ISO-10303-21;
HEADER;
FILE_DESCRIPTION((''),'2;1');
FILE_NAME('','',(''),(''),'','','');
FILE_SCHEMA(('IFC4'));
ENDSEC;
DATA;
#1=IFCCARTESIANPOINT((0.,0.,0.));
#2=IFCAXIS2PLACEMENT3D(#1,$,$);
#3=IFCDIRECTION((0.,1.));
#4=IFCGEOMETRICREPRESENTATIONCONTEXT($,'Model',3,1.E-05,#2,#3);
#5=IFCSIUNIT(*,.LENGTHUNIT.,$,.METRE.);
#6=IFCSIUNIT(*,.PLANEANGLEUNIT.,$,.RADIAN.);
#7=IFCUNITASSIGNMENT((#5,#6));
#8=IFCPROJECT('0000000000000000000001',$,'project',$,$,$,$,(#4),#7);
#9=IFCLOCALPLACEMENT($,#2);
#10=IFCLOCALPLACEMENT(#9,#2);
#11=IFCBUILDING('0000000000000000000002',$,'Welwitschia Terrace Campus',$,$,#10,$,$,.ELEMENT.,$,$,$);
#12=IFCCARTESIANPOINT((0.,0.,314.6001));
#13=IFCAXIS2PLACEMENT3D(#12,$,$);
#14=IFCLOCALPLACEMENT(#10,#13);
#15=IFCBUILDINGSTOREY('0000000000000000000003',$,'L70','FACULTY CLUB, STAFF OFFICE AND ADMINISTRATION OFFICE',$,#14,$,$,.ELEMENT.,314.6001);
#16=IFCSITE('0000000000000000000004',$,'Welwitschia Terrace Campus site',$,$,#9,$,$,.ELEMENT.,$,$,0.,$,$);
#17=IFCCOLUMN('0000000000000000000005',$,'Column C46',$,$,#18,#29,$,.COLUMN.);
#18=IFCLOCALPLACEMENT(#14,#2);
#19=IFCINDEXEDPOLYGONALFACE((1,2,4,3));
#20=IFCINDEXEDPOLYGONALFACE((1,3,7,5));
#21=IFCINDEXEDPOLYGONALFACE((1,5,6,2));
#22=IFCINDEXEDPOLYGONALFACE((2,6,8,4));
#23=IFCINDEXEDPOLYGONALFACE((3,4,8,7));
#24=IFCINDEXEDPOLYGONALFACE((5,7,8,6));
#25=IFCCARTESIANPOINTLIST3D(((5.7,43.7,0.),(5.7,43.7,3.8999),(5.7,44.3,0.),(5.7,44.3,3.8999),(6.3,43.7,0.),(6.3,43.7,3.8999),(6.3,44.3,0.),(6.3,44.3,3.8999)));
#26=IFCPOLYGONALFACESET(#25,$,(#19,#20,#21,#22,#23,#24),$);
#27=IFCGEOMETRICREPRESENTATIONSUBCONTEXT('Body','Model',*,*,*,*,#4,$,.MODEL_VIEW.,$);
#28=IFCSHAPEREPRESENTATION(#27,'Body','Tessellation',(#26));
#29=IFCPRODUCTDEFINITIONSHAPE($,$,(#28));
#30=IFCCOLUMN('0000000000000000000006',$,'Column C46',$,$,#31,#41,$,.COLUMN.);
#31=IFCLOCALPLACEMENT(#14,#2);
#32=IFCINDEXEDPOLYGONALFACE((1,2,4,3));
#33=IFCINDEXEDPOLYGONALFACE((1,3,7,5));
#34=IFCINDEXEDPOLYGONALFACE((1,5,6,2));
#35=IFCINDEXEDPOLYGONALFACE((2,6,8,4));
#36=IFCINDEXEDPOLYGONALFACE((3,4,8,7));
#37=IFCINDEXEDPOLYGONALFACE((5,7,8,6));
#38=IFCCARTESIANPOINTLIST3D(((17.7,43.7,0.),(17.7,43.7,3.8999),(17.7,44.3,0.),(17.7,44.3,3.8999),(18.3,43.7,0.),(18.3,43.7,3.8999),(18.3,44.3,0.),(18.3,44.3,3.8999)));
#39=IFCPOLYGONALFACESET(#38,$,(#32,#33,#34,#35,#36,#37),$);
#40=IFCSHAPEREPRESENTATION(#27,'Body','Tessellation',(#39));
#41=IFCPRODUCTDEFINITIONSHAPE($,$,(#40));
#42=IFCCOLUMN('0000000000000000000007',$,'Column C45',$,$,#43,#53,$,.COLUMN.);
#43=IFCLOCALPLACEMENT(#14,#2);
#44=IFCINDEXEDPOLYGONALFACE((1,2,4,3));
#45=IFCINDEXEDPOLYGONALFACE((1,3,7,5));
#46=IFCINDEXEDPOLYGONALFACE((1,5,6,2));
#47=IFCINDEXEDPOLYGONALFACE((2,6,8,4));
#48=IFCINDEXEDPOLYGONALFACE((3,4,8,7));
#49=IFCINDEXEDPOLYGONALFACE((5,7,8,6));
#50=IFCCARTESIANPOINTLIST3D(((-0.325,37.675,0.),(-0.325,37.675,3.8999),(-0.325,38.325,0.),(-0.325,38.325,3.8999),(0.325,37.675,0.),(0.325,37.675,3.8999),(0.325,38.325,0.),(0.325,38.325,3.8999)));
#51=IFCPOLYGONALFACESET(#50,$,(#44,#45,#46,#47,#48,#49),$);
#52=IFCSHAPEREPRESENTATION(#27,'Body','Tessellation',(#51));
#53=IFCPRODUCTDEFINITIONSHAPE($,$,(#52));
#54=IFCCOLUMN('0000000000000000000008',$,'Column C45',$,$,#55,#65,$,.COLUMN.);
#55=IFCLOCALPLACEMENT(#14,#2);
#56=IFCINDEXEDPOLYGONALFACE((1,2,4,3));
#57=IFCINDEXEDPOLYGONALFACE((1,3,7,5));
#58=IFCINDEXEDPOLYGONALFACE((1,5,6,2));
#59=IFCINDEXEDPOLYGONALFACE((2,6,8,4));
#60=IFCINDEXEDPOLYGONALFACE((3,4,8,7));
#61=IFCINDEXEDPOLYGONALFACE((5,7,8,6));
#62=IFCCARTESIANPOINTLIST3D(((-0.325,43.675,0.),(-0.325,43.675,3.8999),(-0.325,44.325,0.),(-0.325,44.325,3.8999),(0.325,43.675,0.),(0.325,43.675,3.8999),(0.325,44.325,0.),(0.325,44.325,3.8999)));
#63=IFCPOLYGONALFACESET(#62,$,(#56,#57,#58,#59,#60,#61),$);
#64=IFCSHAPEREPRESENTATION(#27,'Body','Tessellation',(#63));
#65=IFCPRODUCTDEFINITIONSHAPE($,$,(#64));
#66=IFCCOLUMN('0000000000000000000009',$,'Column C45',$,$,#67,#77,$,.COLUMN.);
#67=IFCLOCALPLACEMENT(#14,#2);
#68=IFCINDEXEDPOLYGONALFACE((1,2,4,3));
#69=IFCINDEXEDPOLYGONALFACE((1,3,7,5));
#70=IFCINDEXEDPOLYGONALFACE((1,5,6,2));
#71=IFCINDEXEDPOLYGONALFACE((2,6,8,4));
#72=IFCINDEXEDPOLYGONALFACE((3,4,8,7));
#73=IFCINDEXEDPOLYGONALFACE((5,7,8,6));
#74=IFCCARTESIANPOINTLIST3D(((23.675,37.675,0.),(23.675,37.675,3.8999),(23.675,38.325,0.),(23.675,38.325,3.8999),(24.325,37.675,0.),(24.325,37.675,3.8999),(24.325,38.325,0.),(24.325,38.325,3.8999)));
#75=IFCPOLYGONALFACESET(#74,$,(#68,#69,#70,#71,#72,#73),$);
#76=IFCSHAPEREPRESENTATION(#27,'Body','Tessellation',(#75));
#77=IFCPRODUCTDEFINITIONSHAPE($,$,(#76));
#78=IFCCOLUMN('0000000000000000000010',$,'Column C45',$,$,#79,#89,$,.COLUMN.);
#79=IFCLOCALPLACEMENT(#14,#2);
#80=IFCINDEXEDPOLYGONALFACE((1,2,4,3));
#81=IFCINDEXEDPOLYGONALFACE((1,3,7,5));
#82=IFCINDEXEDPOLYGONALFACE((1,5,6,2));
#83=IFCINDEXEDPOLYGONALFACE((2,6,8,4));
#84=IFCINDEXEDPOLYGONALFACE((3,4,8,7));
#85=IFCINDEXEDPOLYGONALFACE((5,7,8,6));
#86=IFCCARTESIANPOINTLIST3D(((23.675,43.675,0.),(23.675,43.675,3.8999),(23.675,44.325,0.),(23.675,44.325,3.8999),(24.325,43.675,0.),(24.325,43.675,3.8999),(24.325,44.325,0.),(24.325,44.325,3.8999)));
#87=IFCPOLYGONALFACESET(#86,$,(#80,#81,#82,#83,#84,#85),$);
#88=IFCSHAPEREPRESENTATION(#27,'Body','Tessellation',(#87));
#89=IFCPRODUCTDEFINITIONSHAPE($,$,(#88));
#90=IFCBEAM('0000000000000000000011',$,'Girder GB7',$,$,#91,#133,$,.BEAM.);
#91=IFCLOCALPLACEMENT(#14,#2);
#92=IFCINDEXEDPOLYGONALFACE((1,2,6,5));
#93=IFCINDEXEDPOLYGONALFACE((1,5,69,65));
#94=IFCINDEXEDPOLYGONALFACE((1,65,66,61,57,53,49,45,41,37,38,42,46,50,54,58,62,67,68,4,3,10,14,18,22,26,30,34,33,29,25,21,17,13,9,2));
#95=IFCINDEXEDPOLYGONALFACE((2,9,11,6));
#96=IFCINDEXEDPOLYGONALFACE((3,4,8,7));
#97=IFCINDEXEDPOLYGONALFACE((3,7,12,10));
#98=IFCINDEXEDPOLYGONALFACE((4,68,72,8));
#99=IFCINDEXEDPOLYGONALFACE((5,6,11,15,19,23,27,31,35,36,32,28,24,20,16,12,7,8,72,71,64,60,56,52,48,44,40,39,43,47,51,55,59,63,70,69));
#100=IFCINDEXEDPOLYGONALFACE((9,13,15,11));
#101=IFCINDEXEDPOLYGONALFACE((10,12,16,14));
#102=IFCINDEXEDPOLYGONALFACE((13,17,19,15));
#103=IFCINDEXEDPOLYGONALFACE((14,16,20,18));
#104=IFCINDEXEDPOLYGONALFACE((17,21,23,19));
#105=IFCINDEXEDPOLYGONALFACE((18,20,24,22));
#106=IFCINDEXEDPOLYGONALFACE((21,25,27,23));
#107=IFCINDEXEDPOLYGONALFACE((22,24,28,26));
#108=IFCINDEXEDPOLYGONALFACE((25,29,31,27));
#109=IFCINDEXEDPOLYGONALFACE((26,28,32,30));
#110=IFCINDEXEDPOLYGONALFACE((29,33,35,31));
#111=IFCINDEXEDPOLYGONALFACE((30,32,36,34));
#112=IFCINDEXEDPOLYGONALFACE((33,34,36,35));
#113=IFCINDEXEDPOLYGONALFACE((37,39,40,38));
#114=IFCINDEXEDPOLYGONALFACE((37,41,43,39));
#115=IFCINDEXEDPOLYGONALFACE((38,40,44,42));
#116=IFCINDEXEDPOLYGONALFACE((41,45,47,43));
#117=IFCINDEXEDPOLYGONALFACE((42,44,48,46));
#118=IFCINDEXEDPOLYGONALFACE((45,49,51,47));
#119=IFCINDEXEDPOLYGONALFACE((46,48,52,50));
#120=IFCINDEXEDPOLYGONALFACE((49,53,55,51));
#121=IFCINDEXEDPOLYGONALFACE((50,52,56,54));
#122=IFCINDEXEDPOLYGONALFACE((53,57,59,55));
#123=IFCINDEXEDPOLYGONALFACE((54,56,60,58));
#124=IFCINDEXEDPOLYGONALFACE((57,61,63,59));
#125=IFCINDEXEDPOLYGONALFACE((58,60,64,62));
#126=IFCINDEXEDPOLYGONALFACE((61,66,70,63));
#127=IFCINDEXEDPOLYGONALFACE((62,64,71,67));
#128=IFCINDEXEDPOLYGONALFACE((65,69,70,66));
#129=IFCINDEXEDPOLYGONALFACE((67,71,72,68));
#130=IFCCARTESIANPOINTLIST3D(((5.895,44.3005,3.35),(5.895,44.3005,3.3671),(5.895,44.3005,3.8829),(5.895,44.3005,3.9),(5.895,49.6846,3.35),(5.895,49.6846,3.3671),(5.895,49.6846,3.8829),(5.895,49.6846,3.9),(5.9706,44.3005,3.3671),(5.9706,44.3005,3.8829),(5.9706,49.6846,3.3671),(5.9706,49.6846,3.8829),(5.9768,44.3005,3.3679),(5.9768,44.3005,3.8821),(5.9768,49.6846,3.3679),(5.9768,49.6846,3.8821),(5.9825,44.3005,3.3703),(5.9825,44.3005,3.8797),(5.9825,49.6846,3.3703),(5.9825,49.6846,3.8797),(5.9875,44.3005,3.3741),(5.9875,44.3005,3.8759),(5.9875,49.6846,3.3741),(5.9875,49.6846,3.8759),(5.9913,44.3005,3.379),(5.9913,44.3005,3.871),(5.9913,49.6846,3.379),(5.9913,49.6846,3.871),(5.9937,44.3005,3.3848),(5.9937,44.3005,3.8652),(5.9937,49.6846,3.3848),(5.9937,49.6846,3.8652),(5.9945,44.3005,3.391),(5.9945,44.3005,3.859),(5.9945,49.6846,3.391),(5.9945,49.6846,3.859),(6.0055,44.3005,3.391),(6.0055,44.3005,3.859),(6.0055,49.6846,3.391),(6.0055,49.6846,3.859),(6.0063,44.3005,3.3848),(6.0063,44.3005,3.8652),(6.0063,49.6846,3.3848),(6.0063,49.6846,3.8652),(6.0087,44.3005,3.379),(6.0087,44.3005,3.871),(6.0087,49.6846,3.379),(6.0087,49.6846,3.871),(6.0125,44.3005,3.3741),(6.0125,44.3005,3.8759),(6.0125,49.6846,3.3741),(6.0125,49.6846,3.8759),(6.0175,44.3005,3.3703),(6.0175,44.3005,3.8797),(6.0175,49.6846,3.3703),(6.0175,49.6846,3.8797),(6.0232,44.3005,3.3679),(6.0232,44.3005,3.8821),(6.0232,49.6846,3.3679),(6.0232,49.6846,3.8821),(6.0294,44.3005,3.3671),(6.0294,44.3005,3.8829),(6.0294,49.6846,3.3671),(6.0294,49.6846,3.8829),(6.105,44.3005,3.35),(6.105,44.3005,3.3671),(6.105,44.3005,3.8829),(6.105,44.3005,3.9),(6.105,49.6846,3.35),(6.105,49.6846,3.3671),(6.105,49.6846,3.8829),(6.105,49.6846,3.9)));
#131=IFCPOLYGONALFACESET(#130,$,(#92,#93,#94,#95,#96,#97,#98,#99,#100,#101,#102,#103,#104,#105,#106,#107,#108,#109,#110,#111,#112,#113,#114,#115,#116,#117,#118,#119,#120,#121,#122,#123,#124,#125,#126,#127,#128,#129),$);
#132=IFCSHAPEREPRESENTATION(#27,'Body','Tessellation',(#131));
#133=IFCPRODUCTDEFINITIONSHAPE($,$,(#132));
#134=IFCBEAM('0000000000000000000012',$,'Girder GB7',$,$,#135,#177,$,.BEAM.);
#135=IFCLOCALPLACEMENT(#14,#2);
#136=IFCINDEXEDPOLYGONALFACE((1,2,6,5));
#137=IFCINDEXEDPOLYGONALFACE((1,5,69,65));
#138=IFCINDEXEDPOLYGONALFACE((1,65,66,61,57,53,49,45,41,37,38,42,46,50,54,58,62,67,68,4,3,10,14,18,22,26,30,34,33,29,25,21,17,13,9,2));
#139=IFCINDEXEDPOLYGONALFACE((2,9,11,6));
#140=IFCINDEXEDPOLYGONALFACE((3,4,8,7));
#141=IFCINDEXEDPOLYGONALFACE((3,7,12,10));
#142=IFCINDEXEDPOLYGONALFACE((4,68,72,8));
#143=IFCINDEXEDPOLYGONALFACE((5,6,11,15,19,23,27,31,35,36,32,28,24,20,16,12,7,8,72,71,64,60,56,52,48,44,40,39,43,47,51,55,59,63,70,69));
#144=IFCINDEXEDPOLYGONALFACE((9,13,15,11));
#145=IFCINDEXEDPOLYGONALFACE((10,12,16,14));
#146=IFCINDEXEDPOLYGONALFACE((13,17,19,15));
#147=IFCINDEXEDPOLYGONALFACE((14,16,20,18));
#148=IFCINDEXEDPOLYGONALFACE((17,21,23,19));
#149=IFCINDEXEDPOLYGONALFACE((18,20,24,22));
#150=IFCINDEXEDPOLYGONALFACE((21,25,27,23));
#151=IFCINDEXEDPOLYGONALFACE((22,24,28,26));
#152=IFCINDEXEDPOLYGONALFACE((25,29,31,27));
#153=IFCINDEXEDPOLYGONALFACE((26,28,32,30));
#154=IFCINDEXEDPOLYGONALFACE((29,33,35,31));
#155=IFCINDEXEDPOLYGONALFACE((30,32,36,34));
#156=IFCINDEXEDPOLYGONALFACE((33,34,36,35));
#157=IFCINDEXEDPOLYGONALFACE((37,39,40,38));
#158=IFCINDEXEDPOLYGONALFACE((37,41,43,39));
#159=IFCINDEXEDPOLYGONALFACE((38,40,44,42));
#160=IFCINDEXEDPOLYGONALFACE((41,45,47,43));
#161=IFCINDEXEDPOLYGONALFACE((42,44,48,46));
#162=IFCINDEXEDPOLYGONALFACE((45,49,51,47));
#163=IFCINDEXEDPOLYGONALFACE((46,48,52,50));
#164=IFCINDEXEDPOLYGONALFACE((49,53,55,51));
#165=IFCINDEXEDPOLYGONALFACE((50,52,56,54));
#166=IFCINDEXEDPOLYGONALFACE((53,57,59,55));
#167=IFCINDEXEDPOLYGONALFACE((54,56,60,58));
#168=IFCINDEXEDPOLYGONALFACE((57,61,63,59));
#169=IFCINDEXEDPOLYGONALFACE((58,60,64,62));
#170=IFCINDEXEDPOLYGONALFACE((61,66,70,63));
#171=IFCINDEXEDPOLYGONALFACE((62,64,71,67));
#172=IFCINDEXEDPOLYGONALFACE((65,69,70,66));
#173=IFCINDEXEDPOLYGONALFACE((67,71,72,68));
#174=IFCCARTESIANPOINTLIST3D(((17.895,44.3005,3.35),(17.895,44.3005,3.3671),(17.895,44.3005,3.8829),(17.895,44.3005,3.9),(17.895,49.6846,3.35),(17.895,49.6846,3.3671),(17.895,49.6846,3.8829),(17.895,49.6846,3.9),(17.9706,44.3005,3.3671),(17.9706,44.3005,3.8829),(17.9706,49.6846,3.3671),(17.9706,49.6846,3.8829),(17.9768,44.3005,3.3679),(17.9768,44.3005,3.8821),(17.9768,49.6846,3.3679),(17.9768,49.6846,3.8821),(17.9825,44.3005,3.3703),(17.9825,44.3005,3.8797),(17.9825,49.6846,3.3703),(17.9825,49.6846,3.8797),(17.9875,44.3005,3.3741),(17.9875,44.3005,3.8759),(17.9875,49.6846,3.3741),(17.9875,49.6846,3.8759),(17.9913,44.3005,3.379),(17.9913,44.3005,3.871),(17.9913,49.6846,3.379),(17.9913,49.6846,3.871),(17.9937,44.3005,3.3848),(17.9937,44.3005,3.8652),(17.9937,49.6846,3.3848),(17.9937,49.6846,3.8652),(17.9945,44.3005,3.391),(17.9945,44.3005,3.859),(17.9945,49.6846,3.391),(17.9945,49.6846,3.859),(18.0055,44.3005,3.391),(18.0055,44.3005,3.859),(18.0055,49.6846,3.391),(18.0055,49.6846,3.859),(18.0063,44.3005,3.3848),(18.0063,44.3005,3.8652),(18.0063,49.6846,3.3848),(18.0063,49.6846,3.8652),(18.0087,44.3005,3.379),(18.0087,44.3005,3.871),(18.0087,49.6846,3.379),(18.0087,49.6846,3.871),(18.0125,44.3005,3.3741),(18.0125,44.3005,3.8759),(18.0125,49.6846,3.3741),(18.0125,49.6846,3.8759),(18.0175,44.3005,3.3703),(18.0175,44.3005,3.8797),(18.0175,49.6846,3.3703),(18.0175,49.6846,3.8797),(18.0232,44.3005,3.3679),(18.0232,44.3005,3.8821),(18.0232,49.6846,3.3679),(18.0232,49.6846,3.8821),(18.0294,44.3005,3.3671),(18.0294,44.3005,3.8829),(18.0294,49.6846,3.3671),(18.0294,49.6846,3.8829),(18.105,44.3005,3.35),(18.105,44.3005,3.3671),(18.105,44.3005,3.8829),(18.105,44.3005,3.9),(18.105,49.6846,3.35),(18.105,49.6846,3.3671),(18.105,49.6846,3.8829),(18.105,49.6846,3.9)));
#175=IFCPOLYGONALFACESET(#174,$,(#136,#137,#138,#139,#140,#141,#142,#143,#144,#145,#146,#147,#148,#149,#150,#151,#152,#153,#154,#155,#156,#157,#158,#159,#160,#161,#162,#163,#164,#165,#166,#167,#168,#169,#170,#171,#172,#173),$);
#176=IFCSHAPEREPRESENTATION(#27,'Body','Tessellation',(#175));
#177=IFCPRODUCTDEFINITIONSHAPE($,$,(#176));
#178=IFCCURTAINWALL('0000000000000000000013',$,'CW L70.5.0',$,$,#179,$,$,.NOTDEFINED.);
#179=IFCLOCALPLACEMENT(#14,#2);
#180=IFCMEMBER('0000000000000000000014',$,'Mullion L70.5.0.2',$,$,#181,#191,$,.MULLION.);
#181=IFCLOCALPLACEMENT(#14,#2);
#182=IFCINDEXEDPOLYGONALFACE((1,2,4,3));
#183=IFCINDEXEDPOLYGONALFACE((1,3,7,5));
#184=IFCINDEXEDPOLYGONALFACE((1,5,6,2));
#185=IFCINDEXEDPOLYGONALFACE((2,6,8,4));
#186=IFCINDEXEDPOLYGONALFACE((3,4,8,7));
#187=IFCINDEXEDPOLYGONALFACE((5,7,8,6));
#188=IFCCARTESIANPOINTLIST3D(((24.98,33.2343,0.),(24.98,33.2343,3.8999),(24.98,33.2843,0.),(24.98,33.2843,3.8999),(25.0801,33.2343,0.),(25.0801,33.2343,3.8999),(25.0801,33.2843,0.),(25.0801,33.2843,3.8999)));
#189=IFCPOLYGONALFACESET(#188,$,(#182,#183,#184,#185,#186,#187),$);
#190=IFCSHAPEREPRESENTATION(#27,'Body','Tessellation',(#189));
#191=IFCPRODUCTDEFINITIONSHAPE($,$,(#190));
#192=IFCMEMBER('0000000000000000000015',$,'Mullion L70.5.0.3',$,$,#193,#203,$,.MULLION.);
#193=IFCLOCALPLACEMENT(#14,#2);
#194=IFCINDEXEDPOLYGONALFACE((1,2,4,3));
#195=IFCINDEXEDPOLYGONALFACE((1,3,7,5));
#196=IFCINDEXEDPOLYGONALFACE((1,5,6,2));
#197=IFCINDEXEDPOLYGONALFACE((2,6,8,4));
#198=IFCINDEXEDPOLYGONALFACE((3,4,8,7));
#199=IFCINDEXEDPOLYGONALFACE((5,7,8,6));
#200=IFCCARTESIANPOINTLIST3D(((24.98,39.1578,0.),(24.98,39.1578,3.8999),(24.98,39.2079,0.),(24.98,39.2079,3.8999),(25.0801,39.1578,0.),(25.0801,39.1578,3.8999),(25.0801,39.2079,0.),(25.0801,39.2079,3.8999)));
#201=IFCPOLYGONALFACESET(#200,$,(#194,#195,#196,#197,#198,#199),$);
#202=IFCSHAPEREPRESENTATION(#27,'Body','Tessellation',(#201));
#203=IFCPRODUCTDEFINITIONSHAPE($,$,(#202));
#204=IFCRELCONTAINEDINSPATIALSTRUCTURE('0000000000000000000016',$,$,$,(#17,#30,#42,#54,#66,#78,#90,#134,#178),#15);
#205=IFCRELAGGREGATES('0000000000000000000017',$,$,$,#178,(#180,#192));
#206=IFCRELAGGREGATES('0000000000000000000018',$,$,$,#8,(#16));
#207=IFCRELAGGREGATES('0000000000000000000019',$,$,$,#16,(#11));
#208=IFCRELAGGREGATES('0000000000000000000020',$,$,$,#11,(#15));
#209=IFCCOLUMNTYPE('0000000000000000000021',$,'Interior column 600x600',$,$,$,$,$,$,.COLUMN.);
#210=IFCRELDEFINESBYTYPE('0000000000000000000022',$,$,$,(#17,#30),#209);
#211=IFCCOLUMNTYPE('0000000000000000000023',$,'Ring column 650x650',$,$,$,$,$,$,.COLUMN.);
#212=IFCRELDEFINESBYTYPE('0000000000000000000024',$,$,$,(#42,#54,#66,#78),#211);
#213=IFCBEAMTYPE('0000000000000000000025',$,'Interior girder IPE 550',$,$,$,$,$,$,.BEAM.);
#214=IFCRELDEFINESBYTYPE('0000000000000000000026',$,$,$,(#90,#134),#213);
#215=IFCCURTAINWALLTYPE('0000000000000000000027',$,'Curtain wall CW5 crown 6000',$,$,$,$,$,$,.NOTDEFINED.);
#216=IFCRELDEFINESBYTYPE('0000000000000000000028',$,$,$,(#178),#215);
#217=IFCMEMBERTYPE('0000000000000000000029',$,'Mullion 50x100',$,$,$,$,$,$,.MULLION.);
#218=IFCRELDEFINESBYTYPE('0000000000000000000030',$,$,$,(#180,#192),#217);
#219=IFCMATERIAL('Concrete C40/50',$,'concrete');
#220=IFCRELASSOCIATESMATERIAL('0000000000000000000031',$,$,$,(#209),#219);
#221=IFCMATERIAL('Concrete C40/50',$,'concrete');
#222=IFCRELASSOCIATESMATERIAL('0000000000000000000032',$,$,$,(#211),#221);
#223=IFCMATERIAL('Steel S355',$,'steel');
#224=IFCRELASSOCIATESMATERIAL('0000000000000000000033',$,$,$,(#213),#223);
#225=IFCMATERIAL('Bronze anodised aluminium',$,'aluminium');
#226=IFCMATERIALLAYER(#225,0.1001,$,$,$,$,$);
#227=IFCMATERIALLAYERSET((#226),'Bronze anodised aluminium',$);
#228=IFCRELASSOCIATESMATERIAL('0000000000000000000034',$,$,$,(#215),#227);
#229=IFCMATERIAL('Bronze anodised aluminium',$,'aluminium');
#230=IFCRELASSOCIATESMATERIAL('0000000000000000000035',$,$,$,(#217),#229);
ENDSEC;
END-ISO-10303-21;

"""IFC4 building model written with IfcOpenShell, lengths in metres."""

from ifc_helpers import new_model, si_unit, direction, frame, origin, origin_2d, place, context, subcontext, project, spatial, rectangle, i_section, extrude, material, layer, layer_set, material_profile, profile_set, type_object, element, aggregate, save


model = new_model("IFC4")

# Units and contexts
model_context = context("Model", 3, precision=1e-05, world=origin(), true_north=direction((0.0, 1.0)))
body_context = subcontext(model_context, "Body", "Model", "MODEL_VIEW")
ifc_project = project(units=[si_unit("LENGTHUNIT", "METRE"), si_unit("PLANEANGLEUNIT", "RADIAN")], contexts=[model_context])

# Site, building, storey
site_placement = place(None, origin())
site = spatial("IfcSite", under=ifc_project, at=site_placement, Name="Welwitschia Terrace Campus site", CompositionType="ELEMENT", RefElevation=0.0)
building_placement = place(site_placement, origin())
building = spatial("IfcBuilding", under=site, at=building_placement, Name="Welwitschia Terrace Campus", CompositionType="ELEMENT")
storey_placement = place(building_placement, frame((0.0, 0.0, 314.6001)))
storey = spatial("IfcBuildingStorey", under=building, at=storey_placement, Name="L70", Description="FACULTY CLUB, STAFF OFFICE AND ADMINISTRATION OFFICE", CompositionType="ELEMENT", Elevation=314.6001)

# Columns
ifc_material_1 = material(Name="Concrete C40/50", Category="concrete")
ifc_material_profile_1 = material_profile(ifc_material_1, rectangle(XDim=0.6001, YDim=0.6001, at=origin_2d()))
ifc_profile_set_1 = profile_set([ifc_material_profile_1], Name="Concrete C40/50")
column_type_1 = type_object("IfcColumnType", Name="Interior column 600x600", PredefinedType="COLUMN", material=ifc_profile_set_1)
for number, where, z_axis, x_axis, name in (
    (1, (6.0, 44.0, 0.0), (0.0, 0.0, 1.0), (1.0, 0.0, 0.0), "Column C46"),
    (2, (18.0, 44.0, 0.0), (0.0, 0.0, 1.0), (1.0, 0.0, 0.0), "Column C46"),
):
    element("IfcColumn", number, at=place(storey_placement, frame(where, z_axis=z_axis, x_axis=x_axis)), inside=storey, type_object=column_type_1, Name=name, PredefinedType="COLUMN", context=body_context, shape_type="SweptSolid", body=[
        extrude(rectangle(XDim=0.6001, YDim=0.6001, at=origin_2d()), origin(), (0.0, 0.0, 1.0), 3.8999),
    ])
ifc_material_2 = material(Name="Concrete C40/50", Category="concrete")
ifc_material_profile_2 = material_profile(ifc_material_2, rectangle(XDim=0.6499, YDim=0.6499, at=origin_2d()))
ifc_profile_set_2 = profile_set([ifc_material_profile_2], Name="Concrete C40/50")
column_type_2 = type_object("IfcColumnType", Name="Ring column 650x650", PredefinedType="COLUMN", material=ifc_profile_set_2)
for number, where, z_axis, x_axis, name in (
    (3, (0.0, 38.0, 0.0), (0.0, 0.0, 1.0), (1.0, 0.0, 0.0), "Column C45"),
    (4, (0.0, 44.0, 0.0), (0.0, 0.0, 1.0), (1.0, 0.0, 0.0), "Column C45"),
    (5, (24.0, 38.0, 0.0), (0.0, 0.0, 1.0), (1.0, 0.0, 0.0), "Column C45"),
    (6, (24.0, 44.0, 0.0), (0.0, 0.0, 1.0), (1.0, 0.0, 0.0), "Column C45"),
):
    element("IfcColumn", number, at=place(storey_placement, frame(where, z_axis=z_axis, x_axis=x_axis)), inside=storey, type_object=column_type_2, Name=name, PredefinedType="COLUMN", context=body_context, shape_type="SweptSolid", body=[
        extrude(rectangle(XDim=0.6499, YDim=0.6499, at=origin_2d()), origin(), (0.0, 0.0, 1.0), 3.8999),
    ])

# Beams
ifc_material_3 = material(Name="Steel S355", Category="steel")
ifc_material_profile_3 = material_profile(ifc_material_3, i_section(OverallWidth=0.21, OverallDepth=0.55, WebThickness=0.011, FlangeThickness=0.0171, FilletRadius=0.0239, at=origin_2d()))
ifc_profile_set_3 = profile_set([ifc_material_profile_3], Name="Steel S355")
beam_type_1 = type_object("IfcBeamType", Name="Interior girder IPE 550", PredefinedType="BEAM", material=ifc_profile_set_3)
for number, where, z_axis, x_axis, name in (
    (7, (6.0, 44.3005, 3.625), (0.0, 1.0, 0.0), (-1.0, 0.0, 0.0), "Girder GB7"),
    (8, (18.0, 44.3005, 3.625), (0.0, 1.0, 0.0), (-1.0, 0.0, 0.0), "Girder GB7"),
):
    element("IfcBeam", number, at=place(storey_placement, frame(where, z_axis=z_axis, x_axis=x_axis)), inside=storey, type_object=beam_type_1, Name=name, PredefinedType="BEAM", context=body_context, shape_type="SweptSolid", body=[
        extrude(i_section(OverallWidth=0.21, OverallDepth=0.55, WebThickness=0.011, FlangeThickness=0.0171, FilletRadius=0.0239, at=origin_2d()), origin(), (0.0, 0.0, 1.0), 5.384),
    ])

# Curtain wall, members
ifc_material_4 = material(Name="Bronze anodised aluminium", Category="aluminium")
ifc_layer_1 = layer(ifc_material_4, 0.1001)
ifc_layer_set_1 = layer_set([ifc_layer_1], Name="Bronze anodised aluminium")
curtain_wall_type = type_object("IfcCurtainWallType", Name="Curtain wall CW5 crown 6000", PredefinedType="NOTDEFINED", material=ifc_layer_set_1)
curtain_wall_1_placement = place(storey_placement, origin())
curtain_wall_1 = element("IfcCurtainWall", 9, at=curtain_wall_1_placement, inside=storey, type_object=curtain_wall_type, Name="CW L70.5.0", PredefinedType="NOTDEFINED")
ifc_material_5 = material(Name="Bronze anodised aluminium", Category="aluminium")
ifc_material_profile_4 = material_profile(ifc_material_5, rectangle(XDim=0.1001, YDim=0.05, at=origin_2d()))
ifc_profile_set_4 = profile_set([ifc_material_profile_4], Name="Bronze anodised aluminium")
member_type = type_object("IfcMemberType", Name="Mullion 50x100", PredefinedType="MULLION", material=ifc_profile_set_4)
member_1_placement = place(storey_placement, frame((25.03, 33.2593, 0.0), z_axis=(0.0, 0.0, 1.0), x_axis=(-1.0, 0.0, 0.0)))
member_1 = element("IfcMember", 10, at=member_1_placement, type_object=member_type, Name="Mullion L70.5.0.2", PredefinedType="MULLION", context=body_context, shape_type="SweptSolid", body=[
    extrude(rectangle(XDim=0.1001, YDim=0.05, at=origin_2d()), origin(), (0.0, 0.0, 1.0), 3.8999),
])
member_2_placement = place(storey_placement, frame((25.03, 39.1829, 0.0), z_axis=(0.0, 0.0, 1.0), x_axis=(-1.0, 0.0, 0.0)))
member_2 = element("IfcMember", 11, at=member_2_placement, type_object=member_type, Name="Mullion L70.5.0.3", PredefinedType="MULLION", context=body_context, shape_type="SweptSolid", body=[
    extrude(rectangle(XDim=0.1001, YDim=0.05, at=origin_2d()), origin(), (0.0, 0.0, 1.0), 3.8999),
])

aggregate(curtain_wall_1, [member_1, member_2])

save(model, "model.ifc")
